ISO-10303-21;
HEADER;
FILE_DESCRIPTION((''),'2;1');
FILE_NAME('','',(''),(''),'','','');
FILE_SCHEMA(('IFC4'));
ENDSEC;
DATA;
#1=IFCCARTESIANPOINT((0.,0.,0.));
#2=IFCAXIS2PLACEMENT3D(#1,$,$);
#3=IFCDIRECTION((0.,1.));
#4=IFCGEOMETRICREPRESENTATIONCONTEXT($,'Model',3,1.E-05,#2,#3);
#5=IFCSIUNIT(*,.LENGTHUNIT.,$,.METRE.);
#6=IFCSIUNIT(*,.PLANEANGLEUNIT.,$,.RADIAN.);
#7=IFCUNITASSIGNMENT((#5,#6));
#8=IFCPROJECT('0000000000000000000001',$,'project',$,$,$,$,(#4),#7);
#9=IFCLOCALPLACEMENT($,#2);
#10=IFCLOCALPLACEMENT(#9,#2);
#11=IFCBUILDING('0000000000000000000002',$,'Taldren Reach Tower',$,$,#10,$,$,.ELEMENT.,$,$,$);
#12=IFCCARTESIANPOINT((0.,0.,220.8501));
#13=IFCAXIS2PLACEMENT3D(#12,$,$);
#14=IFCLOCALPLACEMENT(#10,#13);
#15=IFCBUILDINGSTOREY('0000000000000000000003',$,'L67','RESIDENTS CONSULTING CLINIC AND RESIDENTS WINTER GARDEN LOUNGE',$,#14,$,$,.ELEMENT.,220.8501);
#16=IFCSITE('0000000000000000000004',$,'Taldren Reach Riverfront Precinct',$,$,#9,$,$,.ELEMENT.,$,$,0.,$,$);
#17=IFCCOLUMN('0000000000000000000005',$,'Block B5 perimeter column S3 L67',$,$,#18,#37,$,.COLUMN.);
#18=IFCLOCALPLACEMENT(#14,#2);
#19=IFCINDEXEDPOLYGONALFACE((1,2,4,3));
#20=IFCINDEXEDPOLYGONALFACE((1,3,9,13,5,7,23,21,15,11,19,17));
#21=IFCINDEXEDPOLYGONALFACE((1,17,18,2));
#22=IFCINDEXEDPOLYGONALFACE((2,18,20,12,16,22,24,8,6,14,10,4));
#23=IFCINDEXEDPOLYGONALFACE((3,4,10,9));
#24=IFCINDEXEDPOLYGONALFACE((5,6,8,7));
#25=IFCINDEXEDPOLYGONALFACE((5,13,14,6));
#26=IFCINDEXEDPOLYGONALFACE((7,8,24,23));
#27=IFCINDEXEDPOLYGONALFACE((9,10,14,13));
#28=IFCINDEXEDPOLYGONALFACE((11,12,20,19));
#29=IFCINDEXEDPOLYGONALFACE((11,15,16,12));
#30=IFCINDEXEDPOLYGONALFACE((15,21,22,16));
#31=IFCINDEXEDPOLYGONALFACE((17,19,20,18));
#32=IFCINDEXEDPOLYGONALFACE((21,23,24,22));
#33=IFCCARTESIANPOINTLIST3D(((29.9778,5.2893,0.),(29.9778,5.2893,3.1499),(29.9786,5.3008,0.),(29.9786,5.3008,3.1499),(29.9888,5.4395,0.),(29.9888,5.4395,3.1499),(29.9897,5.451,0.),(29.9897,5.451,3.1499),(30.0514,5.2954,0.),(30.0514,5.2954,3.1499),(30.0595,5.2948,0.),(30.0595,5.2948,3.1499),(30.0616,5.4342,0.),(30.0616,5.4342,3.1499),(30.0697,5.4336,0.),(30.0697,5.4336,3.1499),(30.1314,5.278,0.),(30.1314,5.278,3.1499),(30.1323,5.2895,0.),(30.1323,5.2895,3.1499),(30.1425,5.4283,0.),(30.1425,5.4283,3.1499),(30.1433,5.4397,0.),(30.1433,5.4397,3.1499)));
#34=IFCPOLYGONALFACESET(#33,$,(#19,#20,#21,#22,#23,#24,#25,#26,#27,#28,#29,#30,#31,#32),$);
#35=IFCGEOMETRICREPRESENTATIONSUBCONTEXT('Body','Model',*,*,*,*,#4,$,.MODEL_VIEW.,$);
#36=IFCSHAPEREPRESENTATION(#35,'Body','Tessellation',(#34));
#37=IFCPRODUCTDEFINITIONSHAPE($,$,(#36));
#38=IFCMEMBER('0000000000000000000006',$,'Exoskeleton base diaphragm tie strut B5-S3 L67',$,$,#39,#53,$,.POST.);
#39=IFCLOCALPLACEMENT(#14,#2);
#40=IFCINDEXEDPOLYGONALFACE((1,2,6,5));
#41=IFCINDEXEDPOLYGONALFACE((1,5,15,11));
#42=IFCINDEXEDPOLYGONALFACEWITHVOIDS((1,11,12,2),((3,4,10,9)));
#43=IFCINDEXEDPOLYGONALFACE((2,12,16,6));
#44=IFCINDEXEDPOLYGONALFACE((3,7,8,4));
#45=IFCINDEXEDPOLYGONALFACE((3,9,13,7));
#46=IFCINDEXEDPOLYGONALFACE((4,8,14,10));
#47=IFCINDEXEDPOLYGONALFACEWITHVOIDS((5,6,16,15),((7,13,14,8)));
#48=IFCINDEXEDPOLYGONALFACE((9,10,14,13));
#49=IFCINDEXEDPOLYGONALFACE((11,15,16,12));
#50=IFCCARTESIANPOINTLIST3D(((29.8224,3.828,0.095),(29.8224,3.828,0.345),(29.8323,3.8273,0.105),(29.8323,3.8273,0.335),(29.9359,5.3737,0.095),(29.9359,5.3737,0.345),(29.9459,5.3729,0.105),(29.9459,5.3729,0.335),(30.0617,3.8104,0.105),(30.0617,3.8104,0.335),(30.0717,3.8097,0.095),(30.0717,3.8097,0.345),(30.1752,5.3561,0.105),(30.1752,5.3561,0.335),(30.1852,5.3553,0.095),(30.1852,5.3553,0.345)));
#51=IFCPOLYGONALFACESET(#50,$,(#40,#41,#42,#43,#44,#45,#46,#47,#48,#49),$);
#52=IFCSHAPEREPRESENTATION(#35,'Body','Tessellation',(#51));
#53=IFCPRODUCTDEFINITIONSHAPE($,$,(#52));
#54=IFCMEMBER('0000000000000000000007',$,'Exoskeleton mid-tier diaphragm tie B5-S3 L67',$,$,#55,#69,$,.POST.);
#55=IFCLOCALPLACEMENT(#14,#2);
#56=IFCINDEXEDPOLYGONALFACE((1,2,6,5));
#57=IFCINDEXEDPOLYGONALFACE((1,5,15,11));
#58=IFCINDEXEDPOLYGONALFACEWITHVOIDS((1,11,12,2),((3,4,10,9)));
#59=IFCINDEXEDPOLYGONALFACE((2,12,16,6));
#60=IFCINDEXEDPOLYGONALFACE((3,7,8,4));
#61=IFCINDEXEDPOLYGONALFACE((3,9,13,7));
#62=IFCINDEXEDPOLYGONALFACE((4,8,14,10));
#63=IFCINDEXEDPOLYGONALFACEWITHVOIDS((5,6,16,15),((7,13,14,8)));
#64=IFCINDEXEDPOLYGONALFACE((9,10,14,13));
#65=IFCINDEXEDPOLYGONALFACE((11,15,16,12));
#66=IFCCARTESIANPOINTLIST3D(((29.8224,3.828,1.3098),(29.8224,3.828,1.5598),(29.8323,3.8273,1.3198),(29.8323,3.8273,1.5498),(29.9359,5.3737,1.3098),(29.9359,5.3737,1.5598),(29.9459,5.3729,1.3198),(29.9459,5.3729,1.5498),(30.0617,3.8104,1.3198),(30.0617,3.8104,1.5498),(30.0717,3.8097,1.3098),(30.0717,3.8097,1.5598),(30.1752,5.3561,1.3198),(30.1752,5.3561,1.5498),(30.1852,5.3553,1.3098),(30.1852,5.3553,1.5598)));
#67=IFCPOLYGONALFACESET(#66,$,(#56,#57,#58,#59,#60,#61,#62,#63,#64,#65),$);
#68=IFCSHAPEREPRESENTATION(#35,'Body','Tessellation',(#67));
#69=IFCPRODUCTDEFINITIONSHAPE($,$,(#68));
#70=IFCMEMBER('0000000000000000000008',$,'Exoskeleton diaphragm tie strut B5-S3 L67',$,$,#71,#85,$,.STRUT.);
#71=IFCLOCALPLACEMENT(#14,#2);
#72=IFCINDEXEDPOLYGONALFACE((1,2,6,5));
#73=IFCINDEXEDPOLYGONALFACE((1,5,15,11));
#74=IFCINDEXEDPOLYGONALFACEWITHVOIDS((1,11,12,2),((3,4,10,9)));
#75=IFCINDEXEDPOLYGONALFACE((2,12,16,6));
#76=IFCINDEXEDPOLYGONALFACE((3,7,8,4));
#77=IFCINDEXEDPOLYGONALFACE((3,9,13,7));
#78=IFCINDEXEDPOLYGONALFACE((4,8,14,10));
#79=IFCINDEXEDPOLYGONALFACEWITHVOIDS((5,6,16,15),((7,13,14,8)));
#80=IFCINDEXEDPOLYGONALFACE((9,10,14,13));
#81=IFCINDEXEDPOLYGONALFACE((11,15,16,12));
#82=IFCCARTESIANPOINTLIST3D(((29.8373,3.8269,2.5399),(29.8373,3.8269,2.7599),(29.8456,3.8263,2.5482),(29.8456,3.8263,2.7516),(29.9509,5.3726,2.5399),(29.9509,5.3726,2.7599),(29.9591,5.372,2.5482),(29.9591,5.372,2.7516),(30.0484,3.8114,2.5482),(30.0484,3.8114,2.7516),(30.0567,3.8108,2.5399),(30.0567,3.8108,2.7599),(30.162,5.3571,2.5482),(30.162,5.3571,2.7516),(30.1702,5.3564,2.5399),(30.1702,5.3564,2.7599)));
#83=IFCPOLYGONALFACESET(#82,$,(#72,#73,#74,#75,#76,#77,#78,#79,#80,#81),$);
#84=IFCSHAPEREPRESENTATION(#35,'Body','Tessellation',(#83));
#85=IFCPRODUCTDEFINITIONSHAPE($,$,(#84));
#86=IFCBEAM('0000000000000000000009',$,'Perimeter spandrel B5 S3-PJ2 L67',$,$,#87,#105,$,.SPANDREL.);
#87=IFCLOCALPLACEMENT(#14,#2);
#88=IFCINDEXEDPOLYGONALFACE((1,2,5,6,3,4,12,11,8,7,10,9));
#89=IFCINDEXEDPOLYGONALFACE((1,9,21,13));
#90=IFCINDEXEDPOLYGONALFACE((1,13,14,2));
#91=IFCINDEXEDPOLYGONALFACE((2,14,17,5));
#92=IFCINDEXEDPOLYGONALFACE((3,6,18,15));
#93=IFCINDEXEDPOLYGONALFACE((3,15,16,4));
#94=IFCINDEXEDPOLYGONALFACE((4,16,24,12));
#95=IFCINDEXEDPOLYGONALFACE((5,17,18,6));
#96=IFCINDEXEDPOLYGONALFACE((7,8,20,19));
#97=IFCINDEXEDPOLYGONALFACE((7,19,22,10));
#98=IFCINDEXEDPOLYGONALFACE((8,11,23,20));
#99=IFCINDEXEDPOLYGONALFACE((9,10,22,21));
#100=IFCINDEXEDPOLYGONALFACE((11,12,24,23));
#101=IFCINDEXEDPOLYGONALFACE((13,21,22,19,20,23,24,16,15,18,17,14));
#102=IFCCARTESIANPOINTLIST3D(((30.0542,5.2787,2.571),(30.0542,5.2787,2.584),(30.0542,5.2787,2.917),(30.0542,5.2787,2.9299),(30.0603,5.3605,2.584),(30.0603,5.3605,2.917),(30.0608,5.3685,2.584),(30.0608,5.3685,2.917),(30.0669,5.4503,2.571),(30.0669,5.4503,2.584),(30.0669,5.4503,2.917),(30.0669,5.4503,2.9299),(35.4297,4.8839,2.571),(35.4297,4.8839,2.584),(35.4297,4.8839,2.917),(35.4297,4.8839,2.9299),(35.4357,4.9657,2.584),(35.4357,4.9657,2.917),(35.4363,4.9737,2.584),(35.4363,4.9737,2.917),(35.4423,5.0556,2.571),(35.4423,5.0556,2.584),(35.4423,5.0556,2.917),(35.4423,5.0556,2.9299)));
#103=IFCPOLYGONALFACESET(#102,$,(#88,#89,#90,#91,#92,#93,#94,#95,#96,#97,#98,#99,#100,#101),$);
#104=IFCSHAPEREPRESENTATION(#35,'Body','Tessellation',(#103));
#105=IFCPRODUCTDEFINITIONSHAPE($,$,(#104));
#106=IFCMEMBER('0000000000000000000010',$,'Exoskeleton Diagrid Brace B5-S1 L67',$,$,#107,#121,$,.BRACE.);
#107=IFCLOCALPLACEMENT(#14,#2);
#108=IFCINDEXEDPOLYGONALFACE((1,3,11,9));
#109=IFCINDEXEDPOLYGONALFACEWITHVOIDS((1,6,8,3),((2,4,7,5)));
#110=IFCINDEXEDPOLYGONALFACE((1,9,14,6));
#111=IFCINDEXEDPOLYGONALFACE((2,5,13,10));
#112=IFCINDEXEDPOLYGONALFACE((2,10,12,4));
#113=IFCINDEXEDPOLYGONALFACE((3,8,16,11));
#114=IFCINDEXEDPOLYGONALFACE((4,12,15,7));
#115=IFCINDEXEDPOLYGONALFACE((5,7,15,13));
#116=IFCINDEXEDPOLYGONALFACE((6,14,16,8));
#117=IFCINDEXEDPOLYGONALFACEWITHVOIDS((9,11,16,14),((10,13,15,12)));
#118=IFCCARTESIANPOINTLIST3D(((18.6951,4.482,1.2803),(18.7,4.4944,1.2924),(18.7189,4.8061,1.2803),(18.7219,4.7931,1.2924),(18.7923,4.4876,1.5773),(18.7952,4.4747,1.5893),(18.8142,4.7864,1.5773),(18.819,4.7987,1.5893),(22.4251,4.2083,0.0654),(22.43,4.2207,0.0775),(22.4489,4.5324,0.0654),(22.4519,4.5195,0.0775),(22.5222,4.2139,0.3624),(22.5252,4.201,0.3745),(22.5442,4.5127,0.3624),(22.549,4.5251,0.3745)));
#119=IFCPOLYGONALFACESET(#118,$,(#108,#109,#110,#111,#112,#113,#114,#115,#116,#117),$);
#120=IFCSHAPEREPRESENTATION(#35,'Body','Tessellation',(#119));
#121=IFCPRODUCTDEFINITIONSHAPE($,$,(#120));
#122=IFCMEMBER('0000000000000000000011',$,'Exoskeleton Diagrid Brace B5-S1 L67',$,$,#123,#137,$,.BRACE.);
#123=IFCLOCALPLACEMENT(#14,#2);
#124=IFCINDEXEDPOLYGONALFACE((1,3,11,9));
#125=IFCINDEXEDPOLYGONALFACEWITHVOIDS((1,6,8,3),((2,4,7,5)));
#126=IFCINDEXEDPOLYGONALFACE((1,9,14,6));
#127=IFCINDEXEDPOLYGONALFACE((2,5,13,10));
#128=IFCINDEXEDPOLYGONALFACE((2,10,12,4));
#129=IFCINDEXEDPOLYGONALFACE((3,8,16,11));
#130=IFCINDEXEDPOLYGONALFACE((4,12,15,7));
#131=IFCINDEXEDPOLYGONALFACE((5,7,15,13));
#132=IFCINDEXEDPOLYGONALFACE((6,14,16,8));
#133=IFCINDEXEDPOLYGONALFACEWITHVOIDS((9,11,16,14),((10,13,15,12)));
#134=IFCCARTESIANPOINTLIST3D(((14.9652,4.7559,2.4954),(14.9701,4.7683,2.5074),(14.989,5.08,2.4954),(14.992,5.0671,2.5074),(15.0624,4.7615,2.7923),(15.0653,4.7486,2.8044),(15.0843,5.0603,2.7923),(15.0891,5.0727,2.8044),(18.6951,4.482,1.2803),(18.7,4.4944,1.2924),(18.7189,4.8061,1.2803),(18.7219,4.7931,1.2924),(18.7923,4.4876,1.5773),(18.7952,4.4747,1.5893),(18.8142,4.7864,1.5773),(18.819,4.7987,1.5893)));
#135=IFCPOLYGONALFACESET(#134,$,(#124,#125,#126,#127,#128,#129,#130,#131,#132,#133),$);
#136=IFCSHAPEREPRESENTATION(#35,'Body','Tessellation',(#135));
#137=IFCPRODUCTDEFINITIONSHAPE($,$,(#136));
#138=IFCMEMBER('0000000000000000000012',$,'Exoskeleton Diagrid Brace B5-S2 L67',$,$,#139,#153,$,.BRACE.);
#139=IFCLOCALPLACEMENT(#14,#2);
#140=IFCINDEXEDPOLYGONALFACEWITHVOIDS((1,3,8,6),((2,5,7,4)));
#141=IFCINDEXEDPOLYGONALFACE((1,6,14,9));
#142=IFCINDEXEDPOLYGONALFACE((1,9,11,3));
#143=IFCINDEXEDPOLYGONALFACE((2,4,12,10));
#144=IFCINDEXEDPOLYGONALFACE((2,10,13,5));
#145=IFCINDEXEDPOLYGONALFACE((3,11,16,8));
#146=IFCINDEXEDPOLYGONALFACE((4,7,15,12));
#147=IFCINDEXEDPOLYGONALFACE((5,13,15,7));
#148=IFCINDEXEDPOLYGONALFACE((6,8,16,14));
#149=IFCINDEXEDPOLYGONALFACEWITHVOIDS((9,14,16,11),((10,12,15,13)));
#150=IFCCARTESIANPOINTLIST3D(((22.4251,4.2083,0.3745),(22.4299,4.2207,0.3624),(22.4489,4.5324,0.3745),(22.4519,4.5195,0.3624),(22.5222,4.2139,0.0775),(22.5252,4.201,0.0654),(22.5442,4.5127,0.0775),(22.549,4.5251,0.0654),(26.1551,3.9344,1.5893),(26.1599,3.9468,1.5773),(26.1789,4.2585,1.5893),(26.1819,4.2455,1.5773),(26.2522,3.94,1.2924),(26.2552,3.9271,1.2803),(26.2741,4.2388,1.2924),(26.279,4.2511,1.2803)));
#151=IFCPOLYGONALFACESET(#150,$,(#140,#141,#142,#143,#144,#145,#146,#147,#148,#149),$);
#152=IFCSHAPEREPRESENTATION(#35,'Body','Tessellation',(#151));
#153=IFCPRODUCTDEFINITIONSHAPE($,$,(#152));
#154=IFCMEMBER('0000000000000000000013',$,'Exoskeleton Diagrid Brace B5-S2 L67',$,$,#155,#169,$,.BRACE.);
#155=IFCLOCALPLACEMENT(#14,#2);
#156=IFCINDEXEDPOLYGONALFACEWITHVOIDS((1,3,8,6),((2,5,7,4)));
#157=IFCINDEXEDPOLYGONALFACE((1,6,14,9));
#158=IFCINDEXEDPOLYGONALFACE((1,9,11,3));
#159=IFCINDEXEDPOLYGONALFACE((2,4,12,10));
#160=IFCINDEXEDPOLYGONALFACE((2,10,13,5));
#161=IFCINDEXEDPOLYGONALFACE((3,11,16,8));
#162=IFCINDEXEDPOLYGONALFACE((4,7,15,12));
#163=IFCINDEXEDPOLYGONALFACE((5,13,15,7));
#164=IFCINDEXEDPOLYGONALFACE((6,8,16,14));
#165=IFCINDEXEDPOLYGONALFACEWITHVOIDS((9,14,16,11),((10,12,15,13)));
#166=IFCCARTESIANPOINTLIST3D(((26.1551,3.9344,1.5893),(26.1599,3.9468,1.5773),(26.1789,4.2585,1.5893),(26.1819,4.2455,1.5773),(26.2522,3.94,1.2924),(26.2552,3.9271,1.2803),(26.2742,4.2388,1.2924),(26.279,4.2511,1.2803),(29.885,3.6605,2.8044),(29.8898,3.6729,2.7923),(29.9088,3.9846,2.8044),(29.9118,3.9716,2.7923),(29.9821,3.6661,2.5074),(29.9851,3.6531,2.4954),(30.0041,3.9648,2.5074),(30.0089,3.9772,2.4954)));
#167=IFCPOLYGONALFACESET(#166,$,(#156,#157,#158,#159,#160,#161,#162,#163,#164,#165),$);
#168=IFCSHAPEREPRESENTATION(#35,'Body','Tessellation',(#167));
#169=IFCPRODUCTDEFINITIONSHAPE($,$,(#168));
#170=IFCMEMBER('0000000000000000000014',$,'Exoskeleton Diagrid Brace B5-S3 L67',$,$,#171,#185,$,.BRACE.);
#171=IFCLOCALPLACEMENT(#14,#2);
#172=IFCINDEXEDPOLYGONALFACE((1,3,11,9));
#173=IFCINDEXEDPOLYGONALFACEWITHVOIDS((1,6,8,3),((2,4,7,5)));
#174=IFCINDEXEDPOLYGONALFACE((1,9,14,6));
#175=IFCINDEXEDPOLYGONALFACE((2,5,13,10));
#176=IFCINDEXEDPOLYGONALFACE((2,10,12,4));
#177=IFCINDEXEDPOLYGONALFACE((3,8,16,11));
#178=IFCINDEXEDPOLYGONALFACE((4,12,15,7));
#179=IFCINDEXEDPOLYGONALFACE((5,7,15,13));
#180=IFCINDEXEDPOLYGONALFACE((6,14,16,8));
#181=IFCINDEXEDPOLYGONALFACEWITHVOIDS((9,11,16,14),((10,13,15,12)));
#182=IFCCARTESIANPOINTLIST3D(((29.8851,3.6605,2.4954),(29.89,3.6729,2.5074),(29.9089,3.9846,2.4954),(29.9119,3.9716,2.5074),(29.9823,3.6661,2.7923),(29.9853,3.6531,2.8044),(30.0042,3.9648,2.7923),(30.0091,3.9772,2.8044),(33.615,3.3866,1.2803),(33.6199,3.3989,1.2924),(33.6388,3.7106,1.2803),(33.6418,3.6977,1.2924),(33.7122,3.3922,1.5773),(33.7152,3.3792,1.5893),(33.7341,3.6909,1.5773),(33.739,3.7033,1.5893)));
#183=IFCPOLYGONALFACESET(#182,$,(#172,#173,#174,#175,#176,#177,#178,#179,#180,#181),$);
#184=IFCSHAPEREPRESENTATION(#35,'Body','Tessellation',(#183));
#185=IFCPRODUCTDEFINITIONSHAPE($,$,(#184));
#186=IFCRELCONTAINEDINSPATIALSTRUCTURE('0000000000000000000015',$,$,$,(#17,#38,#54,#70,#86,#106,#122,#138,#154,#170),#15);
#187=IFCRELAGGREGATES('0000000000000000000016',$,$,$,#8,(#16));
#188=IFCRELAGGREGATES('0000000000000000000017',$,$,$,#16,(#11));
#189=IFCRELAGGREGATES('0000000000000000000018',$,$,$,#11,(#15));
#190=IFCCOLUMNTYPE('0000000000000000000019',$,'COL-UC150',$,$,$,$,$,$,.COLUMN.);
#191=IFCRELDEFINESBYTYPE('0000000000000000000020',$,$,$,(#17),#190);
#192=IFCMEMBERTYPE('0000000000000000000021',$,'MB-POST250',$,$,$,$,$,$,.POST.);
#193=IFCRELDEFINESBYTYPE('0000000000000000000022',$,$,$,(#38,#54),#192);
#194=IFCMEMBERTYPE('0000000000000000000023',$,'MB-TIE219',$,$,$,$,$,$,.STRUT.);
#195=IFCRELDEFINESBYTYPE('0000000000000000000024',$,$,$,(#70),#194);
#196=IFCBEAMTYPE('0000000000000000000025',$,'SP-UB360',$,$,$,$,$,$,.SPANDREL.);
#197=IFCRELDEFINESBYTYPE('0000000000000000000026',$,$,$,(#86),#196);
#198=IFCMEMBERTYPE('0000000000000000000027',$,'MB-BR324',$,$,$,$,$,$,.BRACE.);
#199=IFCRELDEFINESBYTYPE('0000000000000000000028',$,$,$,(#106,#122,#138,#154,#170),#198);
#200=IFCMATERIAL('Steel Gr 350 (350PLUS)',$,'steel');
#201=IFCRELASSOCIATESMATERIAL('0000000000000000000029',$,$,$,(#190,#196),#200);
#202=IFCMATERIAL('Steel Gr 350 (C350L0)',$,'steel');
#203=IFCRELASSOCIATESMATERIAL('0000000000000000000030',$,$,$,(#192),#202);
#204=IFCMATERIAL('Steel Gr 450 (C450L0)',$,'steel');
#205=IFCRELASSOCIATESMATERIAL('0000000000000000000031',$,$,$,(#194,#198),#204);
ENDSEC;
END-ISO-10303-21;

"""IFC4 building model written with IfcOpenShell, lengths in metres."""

from ifc_helpers import new_model, si_unit, direction, frame, origin, origin_2d, place, context, subcontext, project, spatial, hollow_rectangle, i_section, extrude, source, transform, mapped, material, material_profile, profile_set, type_object, element, save


model = new_model("IFC4")

# Units and contexts
model_context = context("Model", 3, precision=1e-05, world=origin(), true_north=direction((0.0, 1.0)))
body_context = subcontext(model_context, "Body", "Model", "MODEL_VIEW")
ifc_project = project(units=[si_unit("LENGTHUNIT", "METRE"), si_unit("PLANEANGLEUNIT", "RADIAN")], contexts=[model_context])

# Site, building, storey
site_placement = place(None, origin())
site = spatial("IfcSite", under=ifc_project, at=site_placement, Name="Taldren Reach Riverfront Precinct", CompositionType="ELEMENT", RefElevation=0.0)
building_placement = place(site_placement, origin())
building = spatial("IfcBuilding", under=site, at=building_placement, Name="Taldren Reach Tower", CompositionType="ELEMENT")
storey_placement = place(building_placement, frame((0.0, 0.0, 220.8501)))
storey = spatial("IfcBuildingStorey", under=building, at=storey_placement, Name="L67", Description="RESIDENTS CONSULTING CLINIC AND RESIDENTS WINTER GARDEN LOUNGE", CompositionType="ELEMENT", Elevation=220.8501)

# Column
ifc_material_1 = material(Name="Steel Gr 350 (350PLUS)", Category="steel")
ifc_material_profile_1 = material_profile(ifc_material_1, i_section(OverallWidth=0.1541, OverallDepth=0.1621, WebThickness=0.0081, FlangeThickness=0.0115, at=origin_2d()), Name="150UC37.2")
ifc_profile_set_1 = profile_set([ifc_material_profile_1], Name="Steel Gr 350 (350PLUS)")
column_type = type_object("IfcColumnType", Name="COL-UC150", PredefinedType="COLUMN", material=ifc_profile_set_1)
shared_shape_1 = source(origin(), body_context, "Body", "SweptSolid", [
    extrude(i_section(OverallWidth=0.1541, OverallDepth=0.1621, WebThickness=0.0081, FlangeThickness=0.0115, at=origin_2d()), origin(), (0.0, 0.0, 1.0), 3.1499),
])
column_placement = place(storey_placement, frame((30.0605, 5.3645, 0.0), z_axis=(0.0, 0.0, 1.0), x_axis=(0.997314, -0.073238, 0.0)))
element("IfcColumn", 1, at=column_placement, inside=storey, type_object=column_type, Name="Block B5 perimeter column S3 L67", PredefinedType="COLUMN", context=body_context, shape_type="MappedRepresentation", body=[
    mapped(shared_shape_1, transform((0.0, 0.0, 0.0), scale=1.0)),
])

# Members
ifc_material_2 = material(Name="Steel Gr 350 (C350L0)", Category="steel")
ifc_material_profile_2 = material_profile(ifc_material_2, hollow_rectangle(XDim=0.25, YDim=0.25, WallThickness=0.01, at=origin_2d()), Name="250x250x10.0SHS")
ifc_profile_set_2 = profile_set([ifc_material_profile_2], Name="Steel Gr 350 (C350L0)")
member_type_1 = type_object("IfcMemberType", Name="MB-POST250", PredefinedType="POST", material=ifc_profile_set_2)
shared_shape_2 = source(origin(), body_context, "Body", "SweptSolid", [
    extrude(hollow_rectangle(XDim=0.25, YDim=0.25, WallThickness=0.01, at=origin_2d()), origin(), (0.0, 0.0, 1.0), 1.5498),
])
for number, where, z_axis, x_axis, name in (
    (2, (30.0605, 5.3645, 0.22), (-0.073251, -0.997314, 0.0), (0.997314, -0.073251, 0.0), "Exoskeleton base diaphragm tie strut B5-S3 L67"),
    (3, (30.0605, 5.3645, 1.4348), (-0.073251, -0.997314, 0.0), (0.997314, -0.073251, 0.0), "Exoskeleton mid-tier diaphragm tie B5-S3 L67"),
):
    element("IfcMember", number, at=place(storey_placement, frame(where, z_axis=z_axis, x_axis=x_axis)), inside=storey, type_object=member_type_1, Name=name, PredefinedType="POST", context=body_context, shape_type="MappedRepresentation", body=[
        mapped(shared_shape_2, transform((0.0, 0.0, 0.0), scale=1.0)),
    ])
ifc_material_3 = material(Name="Steel Gr 450 (C450L0)", Category="steel")
ifc_material_profile_3 = material_profile(ifc_material_3, hollow_rectangle(XDim=0.22, YDim=0.22, WallThickness=0.0083, at=origin_2d()), Name="220x220x8.2SHS")
ifc_profile_set_3 = profile_set([ifc_material_profile_3], Name="Steel Gr 450 (C450L0)")
member_type_2 = type_object("IfcMemberType", Name="MB-TIE219", PredefinedType="STRUT", material=ifc_profile_set_3)
shared_shape_3 = source(origin(), body_context, "Body", "SweptSolid", [
    extrude(hollow_rectangle(XDim=0.22, YDim=0.22, WallThickness=0.0083, at=origin_2d()), origin(), (0.0, 0.0, 1.0), 1.5498),
])
member_1_placement = place(storey_placement, frame((30.0605, 5.3645, 2.6499), z_axis=(-0.073251, -0.997314, 0.0), x_axis=(0.997314, -0.073251, 0.0)))
element("IfcMember", 4, at=member_1_placement, inside=storey, type_object=member_type_2, Name="Exoskeleton diaphragm tie strut B5-S3 L67", PredefinedType="STRUT", context=body_context, shape_type="MappedRepresentation", body=[
    mapped(shared_shape_3, transform((0.0, 0.0, 0.0), scale=1.0)),
])

# Beam
ifc_material_profile_4 = material_profile(ifc_material_1, i_section(OverallWidth=0.1721, OverallDepth=0.3589, WebThickness=0.0081, FlangeThickness=0.0129, at=origin_2d()), Name="360UB56.7")
ifc_profile_set_4 = profile_set([ifc_material_profile_4], Name="Steel Gr 350 (350PLUS)")
beam_type = type_object("IfcBeamType", Name="SP-UB360", PredefinedType="SPANDREL", material=ifc_profile_set_4)
shared_shape_4 = source(origin(), body_context, "Body", "SweptSolid", [
    extrude(i_section(OverallWidth=0.1721, OverallDepth=0.3589, WebThickness=0.0081, FlangeThickness=0.0129, at=origin_2d()), origin(), (0.0, 0.0, 1.0), 5.3899),
])
beam_placement = place(storey_placement, frame((30.0605, 5.3645, 2.7505), z_axis=(0.997314, -0.073243, 0.0), x_axis=(0.073243, 0.997314, 0.0)))
element("IfcBeam", 5, at=beam_placement, inside=storey, type_object=beam_type, Name="Perimeter spandrel B5 S3-PJ2 L67", PredefinedType="SPANDREL", context=body_context, shape_type="MappedRepresentation", body=[
    mapped(shared_shape_4, transform((0.0, 0.0, 0.0), scale=1.0)),
])

# Members
ifc_material_profile_5 = material_profile(ifc_material_3, hollow_rectangle(XDim=0.325, YDim=0.325, WallThickness=0.0127, at=origin_2d()), Name="325x325x12.7SHS")
ifc_profile_set_5 = profile_set([ifc_material_profile_5], Name="Steel Gr 450 (C450L0)")
member_type_3 = type_object("IfcMemberType", Name="MB-BR324", PredefinedType="BRACE", material=ifc_profile_set_5)
shared_shape_5 = source(origin(), body_context, "Body", "SweptSolid", [
    extrude(hollow_rectangle(XDim=0.325, YDim=0.325, WallThickness=0.0127, at=origin_2d()), origin(), (0.0, 0.0, 1.0), 3.9324),
])
for number, where, z_axis, x_axis, name in (
    (6, (22.4871, 4.3667, 0.22), (-0.948533, 0.069597, 0.308935), (-0.073177, -0.997319, 0.0), "Exoskeleton Diagrid Brace B5-S1 L67"),
    (7, (18.7571, 4.6404, 1.4348), (-0.948511, 0.069658, 0.308989), (-0.073242, -0.997314, 0.0), "Exoskeleton Diagrid Brace B5-S1 L67"),
    (8, (22.4871, 4.3667, 0.22), (0.948529, -0.069659, 0.308933), (0.073242, 0.997314, 0.0), "Exoskeleton Diagrid Brace B5-S2 L67"),
    (9, (26.217, 4.0928, 1.4348), (0.948511, -0.069658, 0.308989), (0.073242, 0.997314, 0.0), "Exoskeleton Diagrid Brace B5-S2 L67"),
    (10, (33.677, 3.5449, 1.4348), (-0.948511, 0.069658, 0.308989), (-0.073242, -0.997314, 0.0), "Exoskeleton Diagrid Brace B5-S3 L67"),
):
    element("IfcMember", number, at=place(storey_placement, frame(where, z_axis=z_axis, x_axis=x_axis)), inside=storey, type_object=member_type_3, Name=name, PredefinedType="BRACE", context=body_context, shape_type="MappedRepresentation", body=[
        mapped(shared_shape_5, transform((0.0, 0.0, 0.0), scale=1.0)),
    ])

save(model, "model.ifc")
